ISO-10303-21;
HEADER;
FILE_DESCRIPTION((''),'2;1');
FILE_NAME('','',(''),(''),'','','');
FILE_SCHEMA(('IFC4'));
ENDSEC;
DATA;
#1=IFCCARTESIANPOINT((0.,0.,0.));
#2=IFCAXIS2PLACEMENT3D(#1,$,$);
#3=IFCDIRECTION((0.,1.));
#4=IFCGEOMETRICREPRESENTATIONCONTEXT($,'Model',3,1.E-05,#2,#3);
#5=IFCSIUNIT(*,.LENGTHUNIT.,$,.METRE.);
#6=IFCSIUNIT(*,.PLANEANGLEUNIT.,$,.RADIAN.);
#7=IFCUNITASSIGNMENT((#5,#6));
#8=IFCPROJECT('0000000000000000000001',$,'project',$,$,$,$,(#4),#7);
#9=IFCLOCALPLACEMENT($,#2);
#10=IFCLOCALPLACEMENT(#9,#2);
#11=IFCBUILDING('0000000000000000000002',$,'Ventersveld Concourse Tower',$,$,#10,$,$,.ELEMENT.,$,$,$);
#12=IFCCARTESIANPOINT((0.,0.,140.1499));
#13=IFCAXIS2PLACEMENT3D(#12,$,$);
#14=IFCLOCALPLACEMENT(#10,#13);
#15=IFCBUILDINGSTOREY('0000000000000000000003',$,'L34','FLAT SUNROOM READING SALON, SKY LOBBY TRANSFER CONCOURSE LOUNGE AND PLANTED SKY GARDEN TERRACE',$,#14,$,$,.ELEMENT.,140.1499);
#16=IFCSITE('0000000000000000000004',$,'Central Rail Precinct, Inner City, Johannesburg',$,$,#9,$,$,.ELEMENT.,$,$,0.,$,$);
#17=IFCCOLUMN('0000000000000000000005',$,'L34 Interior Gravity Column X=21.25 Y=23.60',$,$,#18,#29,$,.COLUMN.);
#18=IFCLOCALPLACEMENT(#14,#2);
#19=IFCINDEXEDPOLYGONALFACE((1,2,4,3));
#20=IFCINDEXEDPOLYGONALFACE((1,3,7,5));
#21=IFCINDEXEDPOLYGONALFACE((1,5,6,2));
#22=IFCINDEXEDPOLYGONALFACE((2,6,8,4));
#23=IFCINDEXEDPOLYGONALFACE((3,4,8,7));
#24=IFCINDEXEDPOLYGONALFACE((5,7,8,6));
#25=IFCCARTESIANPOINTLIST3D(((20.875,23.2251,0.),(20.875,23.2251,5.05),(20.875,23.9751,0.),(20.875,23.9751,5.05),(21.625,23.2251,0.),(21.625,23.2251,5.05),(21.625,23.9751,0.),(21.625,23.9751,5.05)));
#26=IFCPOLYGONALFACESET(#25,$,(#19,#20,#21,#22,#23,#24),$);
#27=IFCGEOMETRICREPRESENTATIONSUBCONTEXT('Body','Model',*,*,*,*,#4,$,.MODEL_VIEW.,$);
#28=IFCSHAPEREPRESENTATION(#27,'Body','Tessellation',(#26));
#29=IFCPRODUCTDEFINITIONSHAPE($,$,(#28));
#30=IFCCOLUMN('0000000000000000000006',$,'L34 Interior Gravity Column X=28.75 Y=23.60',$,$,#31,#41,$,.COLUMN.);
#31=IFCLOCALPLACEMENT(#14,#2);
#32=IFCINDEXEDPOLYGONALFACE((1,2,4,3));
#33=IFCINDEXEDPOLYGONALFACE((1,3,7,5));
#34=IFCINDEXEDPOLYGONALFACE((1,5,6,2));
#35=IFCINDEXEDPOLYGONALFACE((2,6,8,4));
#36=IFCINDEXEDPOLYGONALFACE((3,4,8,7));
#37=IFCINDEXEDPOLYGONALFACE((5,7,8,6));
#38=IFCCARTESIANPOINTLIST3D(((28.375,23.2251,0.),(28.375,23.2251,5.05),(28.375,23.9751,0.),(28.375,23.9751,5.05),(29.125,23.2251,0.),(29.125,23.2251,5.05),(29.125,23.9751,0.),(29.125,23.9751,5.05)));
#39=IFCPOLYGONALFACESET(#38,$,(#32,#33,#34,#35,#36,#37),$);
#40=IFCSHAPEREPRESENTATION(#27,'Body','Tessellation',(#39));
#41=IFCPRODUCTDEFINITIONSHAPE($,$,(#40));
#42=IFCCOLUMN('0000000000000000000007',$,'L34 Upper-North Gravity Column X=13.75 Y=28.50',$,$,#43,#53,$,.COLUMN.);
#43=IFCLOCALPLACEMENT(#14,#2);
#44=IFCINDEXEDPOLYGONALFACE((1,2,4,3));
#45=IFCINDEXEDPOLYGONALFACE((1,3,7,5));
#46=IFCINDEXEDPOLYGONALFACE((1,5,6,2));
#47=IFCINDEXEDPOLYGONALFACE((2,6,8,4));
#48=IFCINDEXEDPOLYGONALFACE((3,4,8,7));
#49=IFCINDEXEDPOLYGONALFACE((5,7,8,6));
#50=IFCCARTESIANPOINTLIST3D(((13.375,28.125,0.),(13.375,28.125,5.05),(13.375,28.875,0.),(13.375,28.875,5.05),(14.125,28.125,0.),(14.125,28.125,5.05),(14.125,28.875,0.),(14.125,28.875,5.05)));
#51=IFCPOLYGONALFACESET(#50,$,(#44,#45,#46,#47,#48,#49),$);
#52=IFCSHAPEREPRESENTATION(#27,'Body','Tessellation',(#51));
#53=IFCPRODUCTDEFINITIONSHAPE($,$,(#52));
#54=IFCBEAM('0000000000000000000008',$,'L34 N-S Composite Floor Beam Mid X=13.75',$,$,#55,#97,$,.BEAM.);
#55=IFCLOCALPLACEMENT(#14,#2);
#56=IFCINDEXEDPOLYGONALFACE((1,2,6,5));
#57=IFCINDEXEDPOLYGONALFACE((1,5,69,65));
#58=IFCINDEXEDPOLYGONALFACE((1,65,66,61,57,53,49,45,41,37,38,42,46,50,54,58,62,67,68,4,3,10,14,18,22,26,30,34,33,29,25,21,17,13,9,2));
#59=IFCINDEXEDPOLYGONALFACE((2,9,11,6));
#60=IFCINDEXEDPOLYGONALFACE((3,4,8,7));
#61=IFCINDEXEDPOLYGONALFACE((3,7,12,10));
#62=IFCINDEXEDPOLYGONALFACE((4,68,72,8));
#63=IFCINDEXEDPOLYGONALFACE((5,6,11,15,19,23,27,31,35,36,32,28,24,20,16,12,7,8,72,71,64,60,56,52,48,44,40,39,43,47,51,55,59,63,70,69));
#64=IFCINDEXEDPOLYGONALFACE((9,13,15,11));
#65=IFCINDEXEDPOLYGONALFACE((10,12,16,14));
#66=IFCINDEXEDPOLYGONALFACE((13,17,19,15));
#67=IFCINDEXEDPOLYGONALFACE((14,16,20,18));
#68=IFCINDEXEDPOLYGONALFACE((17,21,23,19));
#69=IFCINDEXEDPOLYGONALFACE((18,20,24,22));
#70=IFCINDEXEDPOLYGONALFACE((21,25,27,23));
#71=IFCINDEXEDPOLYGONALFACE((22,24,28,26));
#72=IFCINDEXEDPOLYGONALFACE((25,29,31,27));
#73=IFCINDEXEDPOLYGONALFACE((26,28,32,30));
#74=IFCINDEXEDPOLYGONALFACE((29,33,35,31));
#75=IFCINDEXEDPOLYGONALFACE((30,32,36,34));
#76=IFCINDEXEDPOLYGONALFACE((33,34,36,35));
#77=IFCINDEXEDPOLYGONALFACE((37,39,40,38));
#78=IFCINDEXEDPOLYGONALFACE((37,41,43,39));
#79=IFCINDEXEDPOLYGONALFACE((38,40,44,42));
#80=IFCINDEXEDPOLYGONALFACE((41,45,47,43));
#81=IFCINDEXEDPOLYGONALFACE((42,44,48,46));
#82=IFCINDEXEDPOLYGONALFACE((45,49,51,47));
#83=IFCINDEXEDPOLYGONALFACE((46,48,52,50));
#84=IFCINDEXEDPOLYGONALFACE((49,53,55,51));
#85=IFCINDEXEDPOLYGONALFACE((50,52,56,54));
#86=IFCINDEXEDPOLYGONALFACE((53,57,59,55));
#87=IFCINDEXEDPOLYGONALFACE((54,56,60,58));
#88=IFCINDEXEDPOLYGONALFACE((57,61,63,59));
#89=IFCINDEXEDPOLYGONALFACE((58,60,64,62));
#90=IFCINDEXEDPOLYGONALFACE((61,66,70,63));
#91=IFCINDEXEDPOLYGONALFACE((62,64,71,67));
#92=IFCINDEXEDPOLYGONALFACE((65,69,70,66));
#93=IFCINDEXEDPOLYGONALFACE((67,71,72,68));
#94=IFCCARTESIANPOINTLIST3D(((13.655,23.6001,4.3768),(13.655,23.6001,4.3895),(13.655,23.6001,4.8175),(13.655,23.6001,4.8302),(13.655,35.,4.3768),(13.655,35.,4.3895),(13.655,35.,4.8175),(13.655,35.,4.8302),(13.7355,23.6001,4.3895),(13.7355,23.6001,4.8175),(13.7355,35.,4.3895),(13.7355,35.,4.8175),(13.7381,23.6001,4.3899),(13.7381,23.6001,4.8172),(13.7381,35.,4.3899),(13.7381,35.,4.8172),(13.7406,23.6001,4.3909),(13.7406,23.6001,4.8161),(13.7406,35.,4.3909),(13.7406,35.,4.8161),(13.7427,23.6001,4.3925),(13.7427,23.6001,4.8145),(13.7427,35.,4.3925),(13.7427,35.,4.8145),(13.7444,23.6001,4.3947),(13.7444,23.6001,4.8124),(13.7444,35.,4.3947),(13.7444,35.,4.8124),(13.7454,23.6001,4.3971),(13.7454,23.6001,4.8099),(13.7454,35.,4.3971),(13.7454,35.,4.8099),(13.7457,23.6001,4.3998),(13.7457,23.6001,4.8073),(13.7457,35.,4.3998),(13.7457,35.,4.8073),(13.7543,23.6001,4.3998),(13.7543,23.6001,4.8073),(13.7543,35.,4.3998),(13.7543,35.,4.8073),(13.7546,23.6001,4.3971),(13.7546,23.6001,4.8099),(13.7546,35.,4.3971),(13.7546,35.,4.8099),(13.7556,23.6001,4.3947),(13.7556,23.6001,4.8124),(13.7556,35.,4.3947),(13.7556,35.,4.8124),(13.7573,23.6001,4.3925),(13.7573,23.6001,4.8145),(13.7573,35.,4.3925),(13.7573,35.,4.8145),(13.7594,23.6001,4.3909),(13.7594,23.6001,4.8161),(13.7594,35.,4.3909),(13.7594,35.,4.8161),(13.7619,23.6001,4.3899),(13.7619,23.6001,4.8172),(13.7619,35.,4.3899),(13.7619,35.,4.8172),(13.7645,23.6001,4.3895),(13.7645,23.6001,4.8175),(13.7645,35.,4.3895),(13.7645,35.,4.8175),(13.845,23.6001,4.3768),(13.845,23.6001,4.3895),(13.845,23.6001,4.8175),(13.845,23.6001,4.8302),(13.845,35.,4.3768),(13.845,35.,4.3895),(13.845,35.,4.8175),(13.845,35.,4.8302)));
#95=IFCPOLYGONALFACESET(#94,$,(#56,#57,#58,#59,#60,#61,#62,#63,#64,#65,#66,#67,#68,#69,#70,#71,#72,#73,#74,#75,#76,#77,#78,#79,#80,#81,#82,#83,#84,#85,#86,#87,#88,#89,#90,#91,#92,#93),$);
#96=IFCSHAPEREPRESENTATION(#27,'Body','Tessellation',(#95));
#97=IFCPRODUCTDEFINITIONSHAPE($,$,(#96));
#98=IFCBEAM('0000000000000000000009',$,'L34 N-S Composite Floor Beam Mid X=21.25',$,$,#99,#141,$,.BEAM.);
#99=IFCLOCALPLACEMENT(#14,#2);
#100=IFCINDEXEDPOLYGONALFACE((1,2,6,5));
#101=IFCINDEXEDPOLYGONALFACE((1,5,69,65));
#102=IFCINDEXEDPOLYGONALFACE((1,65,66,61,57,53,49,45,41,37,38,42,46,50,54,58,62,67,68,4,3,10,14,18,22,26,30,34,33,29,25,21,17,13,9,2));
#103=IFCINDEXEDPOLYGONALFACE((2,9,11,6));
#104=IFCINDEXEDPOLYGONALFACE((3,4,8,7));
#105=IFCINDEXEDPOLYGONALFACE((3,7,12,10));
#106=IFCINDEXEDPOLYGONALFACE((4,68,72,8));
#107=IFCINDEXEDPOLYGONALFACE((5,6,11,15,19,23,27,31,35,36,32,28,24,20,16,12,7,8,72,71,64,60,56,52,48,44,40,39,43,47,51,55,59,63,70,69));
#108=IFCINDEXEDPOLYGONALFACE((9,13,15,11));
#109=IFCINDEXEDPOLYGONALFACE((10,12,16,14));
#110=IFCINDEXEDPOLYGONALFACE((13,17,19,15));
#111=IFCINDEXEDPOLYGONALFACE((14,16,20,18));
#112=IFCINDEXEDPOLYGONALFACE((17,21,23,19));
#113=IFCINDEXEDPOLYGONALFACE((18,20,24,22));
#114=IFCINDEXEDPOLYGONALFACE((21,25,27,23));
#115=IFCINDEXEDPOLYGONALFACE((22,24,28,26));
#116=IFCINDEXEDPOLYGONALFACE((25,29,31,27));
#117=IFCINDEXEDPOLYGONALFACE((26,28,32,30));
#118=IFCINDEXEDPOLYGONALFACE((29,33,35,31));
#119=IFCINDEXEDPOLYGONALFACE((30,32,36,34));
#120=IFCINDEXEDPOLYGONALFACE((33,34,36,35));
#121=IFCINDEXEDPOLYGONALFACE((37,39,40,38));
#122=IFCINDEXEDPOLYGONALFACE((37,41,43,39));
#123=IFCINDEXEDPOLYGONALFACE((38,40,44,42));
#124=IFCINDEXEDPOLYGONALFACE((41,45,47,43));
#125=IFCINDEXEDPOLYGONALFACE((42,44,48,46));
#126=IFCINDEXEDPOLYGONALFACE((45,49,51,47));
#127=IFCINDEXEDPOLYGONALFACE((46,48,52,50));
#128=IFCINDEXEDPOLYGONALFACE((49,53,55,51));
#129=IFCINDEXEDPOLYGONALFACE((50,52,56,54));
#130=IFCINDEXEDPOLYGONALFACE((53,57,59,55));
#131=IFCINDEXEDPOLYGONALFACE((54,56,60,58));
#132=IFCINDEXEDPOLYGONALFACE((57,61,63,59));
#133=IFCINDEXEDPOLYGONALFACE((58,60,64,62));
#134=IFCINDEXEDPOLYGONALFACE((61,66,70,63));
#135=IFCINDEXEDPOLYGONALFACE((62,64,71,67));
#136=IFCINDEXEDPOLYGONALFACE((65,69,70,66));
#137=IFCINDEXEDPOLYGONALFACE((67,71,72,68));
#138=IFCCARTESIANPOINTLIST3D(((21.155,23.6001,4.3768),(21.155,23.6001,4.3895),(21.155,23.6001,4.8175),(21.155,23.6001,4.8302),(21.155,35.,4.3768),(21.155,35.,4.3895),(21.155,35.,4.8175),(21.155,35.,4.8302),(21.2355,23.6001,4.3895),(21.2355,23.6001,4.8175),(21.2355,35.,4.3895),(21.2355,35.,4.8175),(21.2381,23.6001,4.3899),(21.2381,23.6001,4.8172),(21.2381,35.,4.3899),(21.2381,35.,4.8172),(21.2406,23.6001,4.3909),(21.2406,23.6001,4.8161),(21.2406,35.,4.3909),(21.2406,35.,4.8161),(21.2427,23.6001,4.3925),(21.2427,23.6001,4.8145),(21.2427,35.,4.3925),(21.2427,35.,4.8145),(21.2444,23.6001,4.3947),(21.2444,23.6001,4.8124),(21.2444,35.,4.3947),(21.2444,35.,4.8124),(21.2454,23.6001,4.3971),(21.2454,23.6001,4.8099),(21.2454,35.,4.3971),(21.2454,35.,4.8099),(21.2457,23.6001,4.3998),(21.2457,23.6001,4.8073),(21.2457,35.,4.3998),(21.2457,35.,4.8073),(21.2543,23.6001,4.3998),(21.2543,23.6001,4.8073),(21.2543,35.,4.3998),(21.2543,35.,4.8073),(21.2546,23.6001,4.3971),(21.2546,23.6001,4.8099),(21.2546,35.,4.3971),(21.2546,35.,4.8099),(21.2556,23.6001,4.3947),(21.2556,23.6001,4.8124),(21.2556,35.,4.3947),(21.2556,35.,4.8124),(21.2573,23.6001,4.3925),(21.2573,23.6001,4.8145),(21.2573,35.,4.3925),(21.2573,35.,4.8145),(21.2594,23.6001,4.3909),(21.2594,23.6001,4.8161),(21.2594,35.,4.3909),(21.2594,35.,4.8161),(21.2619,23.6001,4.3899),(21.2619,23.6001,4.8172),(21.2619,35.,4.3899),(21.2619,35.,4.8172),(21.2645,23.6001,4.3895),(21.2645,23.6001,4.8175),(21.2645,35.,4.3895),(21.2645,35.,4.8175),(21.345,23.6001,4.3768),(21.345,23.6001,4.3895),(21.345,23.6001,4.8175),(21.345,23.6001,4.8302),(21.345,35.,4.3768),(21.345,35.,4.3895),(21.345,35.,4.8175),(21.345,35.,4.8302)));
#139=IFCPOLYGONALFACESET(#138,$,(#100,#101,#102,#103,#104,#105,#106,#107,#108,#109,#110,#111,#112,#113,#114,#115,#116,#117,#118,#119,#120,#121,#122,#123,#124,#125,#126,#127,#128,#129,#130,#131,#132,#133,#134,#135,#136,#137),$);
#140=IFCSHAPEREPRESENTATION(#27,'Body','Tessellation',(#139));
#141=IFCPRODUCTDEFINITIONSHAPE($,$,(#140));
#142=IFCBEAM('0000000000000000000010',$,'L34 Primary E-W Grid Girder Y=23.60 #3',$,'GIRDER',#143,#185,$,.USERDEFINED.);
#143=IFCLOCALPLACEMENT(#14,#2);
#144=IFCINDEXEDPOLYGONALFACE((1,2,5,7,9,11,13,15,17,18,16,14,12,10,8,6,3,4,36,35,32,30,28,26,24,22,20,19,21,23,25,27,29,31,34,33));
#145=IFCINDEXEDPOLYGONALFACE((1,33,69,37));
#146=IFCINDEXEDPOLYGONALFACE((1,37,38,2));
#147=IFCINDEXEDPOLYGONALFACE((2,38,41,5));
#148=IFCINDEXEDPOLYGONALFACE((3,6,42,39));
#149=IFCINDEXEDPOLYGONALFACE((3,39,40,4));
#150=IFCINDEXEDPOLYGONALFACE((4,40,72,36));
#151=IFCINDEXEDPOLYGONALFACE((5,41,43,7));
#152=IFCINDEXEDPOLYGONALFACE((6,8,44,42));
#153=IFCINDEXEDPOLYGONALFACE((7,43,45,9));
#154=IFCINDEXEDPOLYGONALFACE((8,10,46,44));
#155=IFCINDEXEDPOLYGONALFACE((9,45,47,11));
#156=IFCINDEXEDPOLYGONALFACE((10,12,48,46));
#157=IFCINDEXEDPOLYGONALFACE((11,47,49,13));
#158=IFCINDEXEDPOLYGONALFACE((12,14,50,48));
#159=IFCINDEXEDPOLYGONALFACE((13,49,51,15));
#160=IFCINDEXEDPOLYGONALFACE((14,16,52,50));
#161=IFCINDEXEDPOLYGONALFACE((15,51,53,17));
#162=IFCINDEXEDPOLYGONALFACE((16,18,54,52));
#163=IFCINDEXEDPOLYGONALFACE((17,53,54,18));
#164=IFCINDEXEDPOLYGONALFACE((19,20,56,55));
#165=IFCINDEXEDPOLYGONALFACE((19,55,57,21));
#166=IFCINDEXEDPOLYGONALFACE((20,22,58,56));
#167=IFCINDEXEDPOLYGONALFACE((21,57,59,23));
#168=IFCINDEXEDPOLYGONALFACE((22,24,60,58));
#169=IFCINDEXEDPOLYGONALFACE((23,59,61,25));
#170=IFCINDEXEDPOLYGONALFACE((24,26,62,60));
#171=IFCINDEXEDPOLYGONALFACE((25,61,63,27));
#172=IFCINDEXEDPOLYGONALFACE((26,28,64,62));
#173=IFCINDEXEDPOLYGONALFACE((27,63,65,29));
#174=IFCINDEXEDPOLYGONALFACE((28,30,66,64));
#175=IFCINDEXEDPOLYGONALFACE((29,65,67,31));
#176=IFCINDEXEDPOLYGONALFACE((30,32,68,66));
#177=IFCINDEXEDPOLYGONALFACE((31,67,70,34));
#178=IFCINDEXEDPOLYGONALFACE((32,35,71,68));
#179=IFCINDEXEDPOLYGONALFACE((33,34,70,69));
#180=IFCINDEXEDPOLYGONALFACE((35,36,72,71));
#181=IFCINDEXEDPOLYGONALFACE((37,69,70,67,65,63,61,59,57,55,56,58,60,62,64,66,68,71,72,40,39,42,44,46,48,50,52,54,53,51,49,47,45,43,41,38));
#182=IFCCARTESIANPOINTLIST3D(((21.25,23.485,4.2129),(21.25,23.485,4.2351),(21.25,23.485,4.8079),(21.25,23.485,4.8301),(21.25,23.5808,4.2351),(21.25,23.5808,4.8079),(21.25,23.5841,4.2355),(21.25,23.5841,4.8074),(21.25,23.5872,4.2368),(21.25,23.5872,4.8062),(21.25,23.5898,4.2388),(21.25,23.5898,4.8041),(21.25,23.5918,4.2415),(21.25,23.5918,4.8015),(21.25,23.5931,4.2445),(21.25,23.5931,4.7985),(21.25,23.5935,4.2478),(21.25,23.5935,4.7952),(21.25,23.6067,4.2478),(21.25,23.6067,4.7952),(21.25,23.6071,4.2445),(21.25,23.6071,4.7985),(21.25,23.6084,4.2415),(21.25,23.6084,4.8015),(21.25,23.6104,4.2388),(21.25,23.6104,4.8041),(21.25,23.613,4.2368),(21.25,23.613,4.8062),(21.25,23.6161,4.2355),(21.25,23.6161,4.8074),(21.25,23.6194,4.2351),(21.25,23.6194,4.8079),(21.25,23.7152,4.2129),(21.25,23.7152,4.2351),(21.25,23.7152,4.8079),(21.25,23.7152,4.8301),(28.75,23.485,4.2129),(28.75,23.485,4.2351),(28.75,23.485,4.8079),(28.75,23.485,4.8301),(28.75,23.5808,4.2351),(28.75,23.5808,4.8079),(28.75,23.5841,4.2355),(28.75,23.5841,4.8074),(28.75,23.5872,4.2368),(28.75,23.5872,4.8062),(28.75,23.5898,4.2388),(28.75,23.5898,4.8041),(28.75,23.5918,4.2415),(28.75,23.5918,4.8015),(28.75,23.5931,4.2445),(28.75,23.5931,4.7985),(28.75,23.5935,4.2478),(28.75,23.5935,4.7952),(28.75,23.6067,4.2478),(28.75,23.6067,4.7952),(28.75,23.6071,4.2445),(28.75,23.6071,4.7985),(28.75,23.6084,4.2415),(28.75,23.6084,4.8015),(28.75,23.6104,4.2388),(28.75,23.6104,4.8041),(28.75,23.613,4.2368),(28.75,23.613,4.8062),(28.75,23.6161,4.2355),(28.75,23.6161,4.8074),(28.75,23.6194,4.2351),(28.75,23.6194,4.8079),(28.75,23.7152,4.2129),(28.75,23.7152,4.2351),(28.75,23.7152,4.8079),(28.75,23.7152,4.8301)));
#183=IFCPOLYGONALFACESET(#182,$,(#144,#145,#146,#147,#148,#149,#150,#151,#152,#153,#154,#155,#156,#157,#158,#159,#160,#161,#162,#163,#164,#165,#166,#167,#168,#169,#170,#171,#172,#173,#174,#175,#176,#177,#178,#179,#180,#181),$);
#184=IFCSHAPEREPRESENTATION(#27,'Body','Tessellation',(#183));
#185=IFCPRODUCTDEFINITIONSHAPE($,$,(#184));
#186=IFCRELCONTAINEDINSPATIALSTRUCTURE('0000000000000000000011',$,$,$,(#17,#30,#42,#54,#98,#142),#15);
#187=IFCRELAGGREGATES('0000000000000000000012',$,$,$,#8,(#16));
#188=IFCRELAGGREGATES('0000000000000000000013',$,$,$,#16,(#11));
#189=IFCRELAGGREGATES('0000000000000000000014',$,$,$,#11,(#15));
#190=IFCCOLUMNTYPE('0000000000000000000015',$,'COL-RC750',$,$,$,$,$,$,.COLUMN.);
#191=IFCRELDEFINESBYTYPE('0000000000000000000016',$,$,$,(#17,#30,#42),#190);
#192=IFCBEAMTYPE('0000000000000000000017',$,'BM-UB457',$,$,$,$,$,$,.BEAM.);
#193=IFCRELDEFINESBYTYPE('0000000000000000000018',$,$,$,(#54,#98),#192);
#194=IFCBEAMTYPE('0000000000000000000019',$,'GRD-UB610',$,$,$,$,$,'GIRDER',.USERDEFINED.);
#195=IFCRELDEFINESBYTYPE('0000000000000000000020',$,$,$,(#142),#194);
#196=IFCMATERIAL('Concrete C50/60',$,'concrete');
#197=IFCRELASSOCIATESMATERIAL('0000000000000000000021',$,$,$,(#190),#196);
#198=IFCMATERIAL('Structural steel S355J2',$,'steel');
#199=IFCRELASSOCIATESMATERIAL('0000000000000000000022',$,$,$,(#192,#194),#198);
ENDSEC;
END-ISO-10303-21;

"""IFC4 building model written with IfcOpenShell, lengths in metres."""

from ifc_helpers import new_model, si_unit, direction, frame, origin, origin_2d, place, context, subcontext, project, spatial, rectangle, i_section, extrude, material, material_profile, profile_set, type_object, element, save


model = new_model("IFC4")

# Units and contexts
model_context = context("Model", 3, precision=1e-05, world=origin(), true_north=direction((0.0, 1.0)))
body_context = subcontext(model_context, "Body", "Model", "MODEL_VIEW")
ifc_project = project(units=[si_unit("LENGTHUNIT", "METRE"), si_unit("PLANEANGLEUNIT", "RADIAN")], contexts=[model_context])

# Site, building, storey
site_placement = place(None, origin())
site = spatial("IfcSite", under=ifc_project, at=site_placement, Name="Central Rail Precinct, Inner City, Johannesburg", CompositionType="ELEMENT", RefElevation=0.0)
building_placement = place(site_placement, origin())
building = spatial("IfcBuilding", under=site, at=building_placement, Name="Ventersveld Concourse Tower", CompositionType="ELEMENT")
storey_placement = place(building_placement, frame((0.0, 0.0, 140.1499)))
storey = spatial("IfcBuildingStorey", under=building, at=storey_placement, Name="L34", Description="FLAT SUNROOM READING SALON, SKY LOBBY TRANSFER CONCOURSE LOUNGE AND PLANTED SKY GARDEN TERRACE", CompositionType="ELEMENT", Elevation=140.1499)

# Columns
ifc_material_1 = material(Name="Concrete C50/60", Category="concrete")
ifc_material_profile_1 = material_profile(ifc_material_1, rectangle(XDim=0.75, YDim=0.75, at=origin_2d()), Name="RC 750x750")
ifc_profile_set_1 = profile_set([ifc_material_profile_1], Name="Concrete C50/60")
column_type = type_object("IfcColumnType", Name="COL-RC750", PredefinedType="COLUMN", material=ifc_profile_set_1)
for number, where, z_axis, x_axis, name in (
    (1, (21.25, 23.6001, 0.0), (0.0, 0.0, 1.0), (1.0, 0.0, 0.0), "L34 Interior Gravity Column X=21.25 Y=23.60"),
    (2, (28.75, 23.6001, 0.0), (0.0, 0.0, 1.0), (1.0, 0.0, 0.0), "L34 Interior Gravity Column X=28.75 Y=23.60"),
    (3, (13.75, 28.5, 0.0), (0.0, 0.0, 1.0), (1.0, 0.0, 0.0), "L34 Upper-North Gravity Column X=13.75 Y=28.50"),
):
    element("IfcColumn", number, at=place(storey_placement, frame(where, z_axis=z_axis, x_axis=x_axis)), inside=storey, type_object=column_type, Name=name, PredefinedType="COLUMN", context=body_context, shape_type="SweptSolid", body=[
        extrude(rectangle(XDim=0.75, YDim=0.75, at=origin_2d()), origin(), (0.0, 0.0, 1.0), 5.05),
    ])

# Beams
ifc_material_2 = material(Name="Structural steel S355J2", Category="steel")
ifc_material_profile_2 = material_profile(ifc_material_2, i_section(OverallWidth=0.1899, OverallDepth=0.4534, WebThickness=0.0085, FlangeThickness=0.0127, FilletRadius=0.0103, at=origin_2d()), Name="UB 457x191x67")
ifc_profile_set_2 = profile_set([ifc_material_profile_2], Name="Structural steel S355J2")
beam_type_1 = type_object("IfcBeamType", Name="BM-UB457", PredefinedType="BEAM", material=ifc_profile_set_2)
for number, where, z_axis, x_axis, name in (
    (4, (13.75, 23.6001, 4.6035), (0.0, 1.0, 0.0), (-1.0, 0.0, 0.0), "L34 N-S Composite Floor Beam Mid X=13.75"),
    (5, (21.25, 23.6001, 4.6035), (0.0, 1.0, 0.0), (-1.0, 0.0, 0.0), "L34 N-S Composite Floor Beam Mid X=21.25"),
):
    element("IfcBeam", number, at=place(storey_placement, frame(where, z_axis=z_axis, x_axis=x_axis)), inside=storey, type_object=beam_type_1, Name=name, PredefinedType="BEAM", context=body_context, shape_type="SweptSolid", body=[
        extrude(i_section(OverallWidth=0.1899, OverallDepth=0.4534, WebThickness=0.0085, FlangeThickness=0.0127, FilletRadius=0.0103, at=origin_2d()), origin(), (0.0, 0.0, 1.0), 11.3999),
    ])
ifc_material_profile_3 = material_profile(ifc_material_2, i_section(OverallWidth=0.2302, OverallDepth=0.6172, WebThickness=0.0132, FlangeThickness=0.0222, FilletRadius=0.0127, at=origin_2d()), Name="UB 610x229x140")
ifc_profile_set_3 = profile_set([ifc_material_profile_3], Name="Structural steel S355J2")
beam_type_2 = type_object("IfcBeamType", Name="GRD-UB610", ElementType="GIRDER", PredefinedType="USERDEFINED", material=ifc_profile_set_3)
beam_placement = place(storey_placement, frame((21.25, 23.6001, 4.5215), z_axis=(1.0, 0.0, 0.0), x_axis=(0.0, 1.0, 0.0)))
element("IfcBeam", 6, at=beam_placement, inside=storey, type_object=beam_type_2, Name="L34 Primary E-W Grid Girder Y=23.60 #3", ObjectType="GIRDER", PredefinedType="USERDEFINED", context=body_context, shape_type="SweptSolid", body=[
    extrude(i_section(OverallWidth=0.2302, OverallDepth=0.6172, WebThickness=0.0132, FlangeThickness=0.0222, FilletRadius=0.0127, at=origin_2d()), origin(), (0.0, 0.0, 1.0), 7.5),
])

save(model, "model.ifc")
